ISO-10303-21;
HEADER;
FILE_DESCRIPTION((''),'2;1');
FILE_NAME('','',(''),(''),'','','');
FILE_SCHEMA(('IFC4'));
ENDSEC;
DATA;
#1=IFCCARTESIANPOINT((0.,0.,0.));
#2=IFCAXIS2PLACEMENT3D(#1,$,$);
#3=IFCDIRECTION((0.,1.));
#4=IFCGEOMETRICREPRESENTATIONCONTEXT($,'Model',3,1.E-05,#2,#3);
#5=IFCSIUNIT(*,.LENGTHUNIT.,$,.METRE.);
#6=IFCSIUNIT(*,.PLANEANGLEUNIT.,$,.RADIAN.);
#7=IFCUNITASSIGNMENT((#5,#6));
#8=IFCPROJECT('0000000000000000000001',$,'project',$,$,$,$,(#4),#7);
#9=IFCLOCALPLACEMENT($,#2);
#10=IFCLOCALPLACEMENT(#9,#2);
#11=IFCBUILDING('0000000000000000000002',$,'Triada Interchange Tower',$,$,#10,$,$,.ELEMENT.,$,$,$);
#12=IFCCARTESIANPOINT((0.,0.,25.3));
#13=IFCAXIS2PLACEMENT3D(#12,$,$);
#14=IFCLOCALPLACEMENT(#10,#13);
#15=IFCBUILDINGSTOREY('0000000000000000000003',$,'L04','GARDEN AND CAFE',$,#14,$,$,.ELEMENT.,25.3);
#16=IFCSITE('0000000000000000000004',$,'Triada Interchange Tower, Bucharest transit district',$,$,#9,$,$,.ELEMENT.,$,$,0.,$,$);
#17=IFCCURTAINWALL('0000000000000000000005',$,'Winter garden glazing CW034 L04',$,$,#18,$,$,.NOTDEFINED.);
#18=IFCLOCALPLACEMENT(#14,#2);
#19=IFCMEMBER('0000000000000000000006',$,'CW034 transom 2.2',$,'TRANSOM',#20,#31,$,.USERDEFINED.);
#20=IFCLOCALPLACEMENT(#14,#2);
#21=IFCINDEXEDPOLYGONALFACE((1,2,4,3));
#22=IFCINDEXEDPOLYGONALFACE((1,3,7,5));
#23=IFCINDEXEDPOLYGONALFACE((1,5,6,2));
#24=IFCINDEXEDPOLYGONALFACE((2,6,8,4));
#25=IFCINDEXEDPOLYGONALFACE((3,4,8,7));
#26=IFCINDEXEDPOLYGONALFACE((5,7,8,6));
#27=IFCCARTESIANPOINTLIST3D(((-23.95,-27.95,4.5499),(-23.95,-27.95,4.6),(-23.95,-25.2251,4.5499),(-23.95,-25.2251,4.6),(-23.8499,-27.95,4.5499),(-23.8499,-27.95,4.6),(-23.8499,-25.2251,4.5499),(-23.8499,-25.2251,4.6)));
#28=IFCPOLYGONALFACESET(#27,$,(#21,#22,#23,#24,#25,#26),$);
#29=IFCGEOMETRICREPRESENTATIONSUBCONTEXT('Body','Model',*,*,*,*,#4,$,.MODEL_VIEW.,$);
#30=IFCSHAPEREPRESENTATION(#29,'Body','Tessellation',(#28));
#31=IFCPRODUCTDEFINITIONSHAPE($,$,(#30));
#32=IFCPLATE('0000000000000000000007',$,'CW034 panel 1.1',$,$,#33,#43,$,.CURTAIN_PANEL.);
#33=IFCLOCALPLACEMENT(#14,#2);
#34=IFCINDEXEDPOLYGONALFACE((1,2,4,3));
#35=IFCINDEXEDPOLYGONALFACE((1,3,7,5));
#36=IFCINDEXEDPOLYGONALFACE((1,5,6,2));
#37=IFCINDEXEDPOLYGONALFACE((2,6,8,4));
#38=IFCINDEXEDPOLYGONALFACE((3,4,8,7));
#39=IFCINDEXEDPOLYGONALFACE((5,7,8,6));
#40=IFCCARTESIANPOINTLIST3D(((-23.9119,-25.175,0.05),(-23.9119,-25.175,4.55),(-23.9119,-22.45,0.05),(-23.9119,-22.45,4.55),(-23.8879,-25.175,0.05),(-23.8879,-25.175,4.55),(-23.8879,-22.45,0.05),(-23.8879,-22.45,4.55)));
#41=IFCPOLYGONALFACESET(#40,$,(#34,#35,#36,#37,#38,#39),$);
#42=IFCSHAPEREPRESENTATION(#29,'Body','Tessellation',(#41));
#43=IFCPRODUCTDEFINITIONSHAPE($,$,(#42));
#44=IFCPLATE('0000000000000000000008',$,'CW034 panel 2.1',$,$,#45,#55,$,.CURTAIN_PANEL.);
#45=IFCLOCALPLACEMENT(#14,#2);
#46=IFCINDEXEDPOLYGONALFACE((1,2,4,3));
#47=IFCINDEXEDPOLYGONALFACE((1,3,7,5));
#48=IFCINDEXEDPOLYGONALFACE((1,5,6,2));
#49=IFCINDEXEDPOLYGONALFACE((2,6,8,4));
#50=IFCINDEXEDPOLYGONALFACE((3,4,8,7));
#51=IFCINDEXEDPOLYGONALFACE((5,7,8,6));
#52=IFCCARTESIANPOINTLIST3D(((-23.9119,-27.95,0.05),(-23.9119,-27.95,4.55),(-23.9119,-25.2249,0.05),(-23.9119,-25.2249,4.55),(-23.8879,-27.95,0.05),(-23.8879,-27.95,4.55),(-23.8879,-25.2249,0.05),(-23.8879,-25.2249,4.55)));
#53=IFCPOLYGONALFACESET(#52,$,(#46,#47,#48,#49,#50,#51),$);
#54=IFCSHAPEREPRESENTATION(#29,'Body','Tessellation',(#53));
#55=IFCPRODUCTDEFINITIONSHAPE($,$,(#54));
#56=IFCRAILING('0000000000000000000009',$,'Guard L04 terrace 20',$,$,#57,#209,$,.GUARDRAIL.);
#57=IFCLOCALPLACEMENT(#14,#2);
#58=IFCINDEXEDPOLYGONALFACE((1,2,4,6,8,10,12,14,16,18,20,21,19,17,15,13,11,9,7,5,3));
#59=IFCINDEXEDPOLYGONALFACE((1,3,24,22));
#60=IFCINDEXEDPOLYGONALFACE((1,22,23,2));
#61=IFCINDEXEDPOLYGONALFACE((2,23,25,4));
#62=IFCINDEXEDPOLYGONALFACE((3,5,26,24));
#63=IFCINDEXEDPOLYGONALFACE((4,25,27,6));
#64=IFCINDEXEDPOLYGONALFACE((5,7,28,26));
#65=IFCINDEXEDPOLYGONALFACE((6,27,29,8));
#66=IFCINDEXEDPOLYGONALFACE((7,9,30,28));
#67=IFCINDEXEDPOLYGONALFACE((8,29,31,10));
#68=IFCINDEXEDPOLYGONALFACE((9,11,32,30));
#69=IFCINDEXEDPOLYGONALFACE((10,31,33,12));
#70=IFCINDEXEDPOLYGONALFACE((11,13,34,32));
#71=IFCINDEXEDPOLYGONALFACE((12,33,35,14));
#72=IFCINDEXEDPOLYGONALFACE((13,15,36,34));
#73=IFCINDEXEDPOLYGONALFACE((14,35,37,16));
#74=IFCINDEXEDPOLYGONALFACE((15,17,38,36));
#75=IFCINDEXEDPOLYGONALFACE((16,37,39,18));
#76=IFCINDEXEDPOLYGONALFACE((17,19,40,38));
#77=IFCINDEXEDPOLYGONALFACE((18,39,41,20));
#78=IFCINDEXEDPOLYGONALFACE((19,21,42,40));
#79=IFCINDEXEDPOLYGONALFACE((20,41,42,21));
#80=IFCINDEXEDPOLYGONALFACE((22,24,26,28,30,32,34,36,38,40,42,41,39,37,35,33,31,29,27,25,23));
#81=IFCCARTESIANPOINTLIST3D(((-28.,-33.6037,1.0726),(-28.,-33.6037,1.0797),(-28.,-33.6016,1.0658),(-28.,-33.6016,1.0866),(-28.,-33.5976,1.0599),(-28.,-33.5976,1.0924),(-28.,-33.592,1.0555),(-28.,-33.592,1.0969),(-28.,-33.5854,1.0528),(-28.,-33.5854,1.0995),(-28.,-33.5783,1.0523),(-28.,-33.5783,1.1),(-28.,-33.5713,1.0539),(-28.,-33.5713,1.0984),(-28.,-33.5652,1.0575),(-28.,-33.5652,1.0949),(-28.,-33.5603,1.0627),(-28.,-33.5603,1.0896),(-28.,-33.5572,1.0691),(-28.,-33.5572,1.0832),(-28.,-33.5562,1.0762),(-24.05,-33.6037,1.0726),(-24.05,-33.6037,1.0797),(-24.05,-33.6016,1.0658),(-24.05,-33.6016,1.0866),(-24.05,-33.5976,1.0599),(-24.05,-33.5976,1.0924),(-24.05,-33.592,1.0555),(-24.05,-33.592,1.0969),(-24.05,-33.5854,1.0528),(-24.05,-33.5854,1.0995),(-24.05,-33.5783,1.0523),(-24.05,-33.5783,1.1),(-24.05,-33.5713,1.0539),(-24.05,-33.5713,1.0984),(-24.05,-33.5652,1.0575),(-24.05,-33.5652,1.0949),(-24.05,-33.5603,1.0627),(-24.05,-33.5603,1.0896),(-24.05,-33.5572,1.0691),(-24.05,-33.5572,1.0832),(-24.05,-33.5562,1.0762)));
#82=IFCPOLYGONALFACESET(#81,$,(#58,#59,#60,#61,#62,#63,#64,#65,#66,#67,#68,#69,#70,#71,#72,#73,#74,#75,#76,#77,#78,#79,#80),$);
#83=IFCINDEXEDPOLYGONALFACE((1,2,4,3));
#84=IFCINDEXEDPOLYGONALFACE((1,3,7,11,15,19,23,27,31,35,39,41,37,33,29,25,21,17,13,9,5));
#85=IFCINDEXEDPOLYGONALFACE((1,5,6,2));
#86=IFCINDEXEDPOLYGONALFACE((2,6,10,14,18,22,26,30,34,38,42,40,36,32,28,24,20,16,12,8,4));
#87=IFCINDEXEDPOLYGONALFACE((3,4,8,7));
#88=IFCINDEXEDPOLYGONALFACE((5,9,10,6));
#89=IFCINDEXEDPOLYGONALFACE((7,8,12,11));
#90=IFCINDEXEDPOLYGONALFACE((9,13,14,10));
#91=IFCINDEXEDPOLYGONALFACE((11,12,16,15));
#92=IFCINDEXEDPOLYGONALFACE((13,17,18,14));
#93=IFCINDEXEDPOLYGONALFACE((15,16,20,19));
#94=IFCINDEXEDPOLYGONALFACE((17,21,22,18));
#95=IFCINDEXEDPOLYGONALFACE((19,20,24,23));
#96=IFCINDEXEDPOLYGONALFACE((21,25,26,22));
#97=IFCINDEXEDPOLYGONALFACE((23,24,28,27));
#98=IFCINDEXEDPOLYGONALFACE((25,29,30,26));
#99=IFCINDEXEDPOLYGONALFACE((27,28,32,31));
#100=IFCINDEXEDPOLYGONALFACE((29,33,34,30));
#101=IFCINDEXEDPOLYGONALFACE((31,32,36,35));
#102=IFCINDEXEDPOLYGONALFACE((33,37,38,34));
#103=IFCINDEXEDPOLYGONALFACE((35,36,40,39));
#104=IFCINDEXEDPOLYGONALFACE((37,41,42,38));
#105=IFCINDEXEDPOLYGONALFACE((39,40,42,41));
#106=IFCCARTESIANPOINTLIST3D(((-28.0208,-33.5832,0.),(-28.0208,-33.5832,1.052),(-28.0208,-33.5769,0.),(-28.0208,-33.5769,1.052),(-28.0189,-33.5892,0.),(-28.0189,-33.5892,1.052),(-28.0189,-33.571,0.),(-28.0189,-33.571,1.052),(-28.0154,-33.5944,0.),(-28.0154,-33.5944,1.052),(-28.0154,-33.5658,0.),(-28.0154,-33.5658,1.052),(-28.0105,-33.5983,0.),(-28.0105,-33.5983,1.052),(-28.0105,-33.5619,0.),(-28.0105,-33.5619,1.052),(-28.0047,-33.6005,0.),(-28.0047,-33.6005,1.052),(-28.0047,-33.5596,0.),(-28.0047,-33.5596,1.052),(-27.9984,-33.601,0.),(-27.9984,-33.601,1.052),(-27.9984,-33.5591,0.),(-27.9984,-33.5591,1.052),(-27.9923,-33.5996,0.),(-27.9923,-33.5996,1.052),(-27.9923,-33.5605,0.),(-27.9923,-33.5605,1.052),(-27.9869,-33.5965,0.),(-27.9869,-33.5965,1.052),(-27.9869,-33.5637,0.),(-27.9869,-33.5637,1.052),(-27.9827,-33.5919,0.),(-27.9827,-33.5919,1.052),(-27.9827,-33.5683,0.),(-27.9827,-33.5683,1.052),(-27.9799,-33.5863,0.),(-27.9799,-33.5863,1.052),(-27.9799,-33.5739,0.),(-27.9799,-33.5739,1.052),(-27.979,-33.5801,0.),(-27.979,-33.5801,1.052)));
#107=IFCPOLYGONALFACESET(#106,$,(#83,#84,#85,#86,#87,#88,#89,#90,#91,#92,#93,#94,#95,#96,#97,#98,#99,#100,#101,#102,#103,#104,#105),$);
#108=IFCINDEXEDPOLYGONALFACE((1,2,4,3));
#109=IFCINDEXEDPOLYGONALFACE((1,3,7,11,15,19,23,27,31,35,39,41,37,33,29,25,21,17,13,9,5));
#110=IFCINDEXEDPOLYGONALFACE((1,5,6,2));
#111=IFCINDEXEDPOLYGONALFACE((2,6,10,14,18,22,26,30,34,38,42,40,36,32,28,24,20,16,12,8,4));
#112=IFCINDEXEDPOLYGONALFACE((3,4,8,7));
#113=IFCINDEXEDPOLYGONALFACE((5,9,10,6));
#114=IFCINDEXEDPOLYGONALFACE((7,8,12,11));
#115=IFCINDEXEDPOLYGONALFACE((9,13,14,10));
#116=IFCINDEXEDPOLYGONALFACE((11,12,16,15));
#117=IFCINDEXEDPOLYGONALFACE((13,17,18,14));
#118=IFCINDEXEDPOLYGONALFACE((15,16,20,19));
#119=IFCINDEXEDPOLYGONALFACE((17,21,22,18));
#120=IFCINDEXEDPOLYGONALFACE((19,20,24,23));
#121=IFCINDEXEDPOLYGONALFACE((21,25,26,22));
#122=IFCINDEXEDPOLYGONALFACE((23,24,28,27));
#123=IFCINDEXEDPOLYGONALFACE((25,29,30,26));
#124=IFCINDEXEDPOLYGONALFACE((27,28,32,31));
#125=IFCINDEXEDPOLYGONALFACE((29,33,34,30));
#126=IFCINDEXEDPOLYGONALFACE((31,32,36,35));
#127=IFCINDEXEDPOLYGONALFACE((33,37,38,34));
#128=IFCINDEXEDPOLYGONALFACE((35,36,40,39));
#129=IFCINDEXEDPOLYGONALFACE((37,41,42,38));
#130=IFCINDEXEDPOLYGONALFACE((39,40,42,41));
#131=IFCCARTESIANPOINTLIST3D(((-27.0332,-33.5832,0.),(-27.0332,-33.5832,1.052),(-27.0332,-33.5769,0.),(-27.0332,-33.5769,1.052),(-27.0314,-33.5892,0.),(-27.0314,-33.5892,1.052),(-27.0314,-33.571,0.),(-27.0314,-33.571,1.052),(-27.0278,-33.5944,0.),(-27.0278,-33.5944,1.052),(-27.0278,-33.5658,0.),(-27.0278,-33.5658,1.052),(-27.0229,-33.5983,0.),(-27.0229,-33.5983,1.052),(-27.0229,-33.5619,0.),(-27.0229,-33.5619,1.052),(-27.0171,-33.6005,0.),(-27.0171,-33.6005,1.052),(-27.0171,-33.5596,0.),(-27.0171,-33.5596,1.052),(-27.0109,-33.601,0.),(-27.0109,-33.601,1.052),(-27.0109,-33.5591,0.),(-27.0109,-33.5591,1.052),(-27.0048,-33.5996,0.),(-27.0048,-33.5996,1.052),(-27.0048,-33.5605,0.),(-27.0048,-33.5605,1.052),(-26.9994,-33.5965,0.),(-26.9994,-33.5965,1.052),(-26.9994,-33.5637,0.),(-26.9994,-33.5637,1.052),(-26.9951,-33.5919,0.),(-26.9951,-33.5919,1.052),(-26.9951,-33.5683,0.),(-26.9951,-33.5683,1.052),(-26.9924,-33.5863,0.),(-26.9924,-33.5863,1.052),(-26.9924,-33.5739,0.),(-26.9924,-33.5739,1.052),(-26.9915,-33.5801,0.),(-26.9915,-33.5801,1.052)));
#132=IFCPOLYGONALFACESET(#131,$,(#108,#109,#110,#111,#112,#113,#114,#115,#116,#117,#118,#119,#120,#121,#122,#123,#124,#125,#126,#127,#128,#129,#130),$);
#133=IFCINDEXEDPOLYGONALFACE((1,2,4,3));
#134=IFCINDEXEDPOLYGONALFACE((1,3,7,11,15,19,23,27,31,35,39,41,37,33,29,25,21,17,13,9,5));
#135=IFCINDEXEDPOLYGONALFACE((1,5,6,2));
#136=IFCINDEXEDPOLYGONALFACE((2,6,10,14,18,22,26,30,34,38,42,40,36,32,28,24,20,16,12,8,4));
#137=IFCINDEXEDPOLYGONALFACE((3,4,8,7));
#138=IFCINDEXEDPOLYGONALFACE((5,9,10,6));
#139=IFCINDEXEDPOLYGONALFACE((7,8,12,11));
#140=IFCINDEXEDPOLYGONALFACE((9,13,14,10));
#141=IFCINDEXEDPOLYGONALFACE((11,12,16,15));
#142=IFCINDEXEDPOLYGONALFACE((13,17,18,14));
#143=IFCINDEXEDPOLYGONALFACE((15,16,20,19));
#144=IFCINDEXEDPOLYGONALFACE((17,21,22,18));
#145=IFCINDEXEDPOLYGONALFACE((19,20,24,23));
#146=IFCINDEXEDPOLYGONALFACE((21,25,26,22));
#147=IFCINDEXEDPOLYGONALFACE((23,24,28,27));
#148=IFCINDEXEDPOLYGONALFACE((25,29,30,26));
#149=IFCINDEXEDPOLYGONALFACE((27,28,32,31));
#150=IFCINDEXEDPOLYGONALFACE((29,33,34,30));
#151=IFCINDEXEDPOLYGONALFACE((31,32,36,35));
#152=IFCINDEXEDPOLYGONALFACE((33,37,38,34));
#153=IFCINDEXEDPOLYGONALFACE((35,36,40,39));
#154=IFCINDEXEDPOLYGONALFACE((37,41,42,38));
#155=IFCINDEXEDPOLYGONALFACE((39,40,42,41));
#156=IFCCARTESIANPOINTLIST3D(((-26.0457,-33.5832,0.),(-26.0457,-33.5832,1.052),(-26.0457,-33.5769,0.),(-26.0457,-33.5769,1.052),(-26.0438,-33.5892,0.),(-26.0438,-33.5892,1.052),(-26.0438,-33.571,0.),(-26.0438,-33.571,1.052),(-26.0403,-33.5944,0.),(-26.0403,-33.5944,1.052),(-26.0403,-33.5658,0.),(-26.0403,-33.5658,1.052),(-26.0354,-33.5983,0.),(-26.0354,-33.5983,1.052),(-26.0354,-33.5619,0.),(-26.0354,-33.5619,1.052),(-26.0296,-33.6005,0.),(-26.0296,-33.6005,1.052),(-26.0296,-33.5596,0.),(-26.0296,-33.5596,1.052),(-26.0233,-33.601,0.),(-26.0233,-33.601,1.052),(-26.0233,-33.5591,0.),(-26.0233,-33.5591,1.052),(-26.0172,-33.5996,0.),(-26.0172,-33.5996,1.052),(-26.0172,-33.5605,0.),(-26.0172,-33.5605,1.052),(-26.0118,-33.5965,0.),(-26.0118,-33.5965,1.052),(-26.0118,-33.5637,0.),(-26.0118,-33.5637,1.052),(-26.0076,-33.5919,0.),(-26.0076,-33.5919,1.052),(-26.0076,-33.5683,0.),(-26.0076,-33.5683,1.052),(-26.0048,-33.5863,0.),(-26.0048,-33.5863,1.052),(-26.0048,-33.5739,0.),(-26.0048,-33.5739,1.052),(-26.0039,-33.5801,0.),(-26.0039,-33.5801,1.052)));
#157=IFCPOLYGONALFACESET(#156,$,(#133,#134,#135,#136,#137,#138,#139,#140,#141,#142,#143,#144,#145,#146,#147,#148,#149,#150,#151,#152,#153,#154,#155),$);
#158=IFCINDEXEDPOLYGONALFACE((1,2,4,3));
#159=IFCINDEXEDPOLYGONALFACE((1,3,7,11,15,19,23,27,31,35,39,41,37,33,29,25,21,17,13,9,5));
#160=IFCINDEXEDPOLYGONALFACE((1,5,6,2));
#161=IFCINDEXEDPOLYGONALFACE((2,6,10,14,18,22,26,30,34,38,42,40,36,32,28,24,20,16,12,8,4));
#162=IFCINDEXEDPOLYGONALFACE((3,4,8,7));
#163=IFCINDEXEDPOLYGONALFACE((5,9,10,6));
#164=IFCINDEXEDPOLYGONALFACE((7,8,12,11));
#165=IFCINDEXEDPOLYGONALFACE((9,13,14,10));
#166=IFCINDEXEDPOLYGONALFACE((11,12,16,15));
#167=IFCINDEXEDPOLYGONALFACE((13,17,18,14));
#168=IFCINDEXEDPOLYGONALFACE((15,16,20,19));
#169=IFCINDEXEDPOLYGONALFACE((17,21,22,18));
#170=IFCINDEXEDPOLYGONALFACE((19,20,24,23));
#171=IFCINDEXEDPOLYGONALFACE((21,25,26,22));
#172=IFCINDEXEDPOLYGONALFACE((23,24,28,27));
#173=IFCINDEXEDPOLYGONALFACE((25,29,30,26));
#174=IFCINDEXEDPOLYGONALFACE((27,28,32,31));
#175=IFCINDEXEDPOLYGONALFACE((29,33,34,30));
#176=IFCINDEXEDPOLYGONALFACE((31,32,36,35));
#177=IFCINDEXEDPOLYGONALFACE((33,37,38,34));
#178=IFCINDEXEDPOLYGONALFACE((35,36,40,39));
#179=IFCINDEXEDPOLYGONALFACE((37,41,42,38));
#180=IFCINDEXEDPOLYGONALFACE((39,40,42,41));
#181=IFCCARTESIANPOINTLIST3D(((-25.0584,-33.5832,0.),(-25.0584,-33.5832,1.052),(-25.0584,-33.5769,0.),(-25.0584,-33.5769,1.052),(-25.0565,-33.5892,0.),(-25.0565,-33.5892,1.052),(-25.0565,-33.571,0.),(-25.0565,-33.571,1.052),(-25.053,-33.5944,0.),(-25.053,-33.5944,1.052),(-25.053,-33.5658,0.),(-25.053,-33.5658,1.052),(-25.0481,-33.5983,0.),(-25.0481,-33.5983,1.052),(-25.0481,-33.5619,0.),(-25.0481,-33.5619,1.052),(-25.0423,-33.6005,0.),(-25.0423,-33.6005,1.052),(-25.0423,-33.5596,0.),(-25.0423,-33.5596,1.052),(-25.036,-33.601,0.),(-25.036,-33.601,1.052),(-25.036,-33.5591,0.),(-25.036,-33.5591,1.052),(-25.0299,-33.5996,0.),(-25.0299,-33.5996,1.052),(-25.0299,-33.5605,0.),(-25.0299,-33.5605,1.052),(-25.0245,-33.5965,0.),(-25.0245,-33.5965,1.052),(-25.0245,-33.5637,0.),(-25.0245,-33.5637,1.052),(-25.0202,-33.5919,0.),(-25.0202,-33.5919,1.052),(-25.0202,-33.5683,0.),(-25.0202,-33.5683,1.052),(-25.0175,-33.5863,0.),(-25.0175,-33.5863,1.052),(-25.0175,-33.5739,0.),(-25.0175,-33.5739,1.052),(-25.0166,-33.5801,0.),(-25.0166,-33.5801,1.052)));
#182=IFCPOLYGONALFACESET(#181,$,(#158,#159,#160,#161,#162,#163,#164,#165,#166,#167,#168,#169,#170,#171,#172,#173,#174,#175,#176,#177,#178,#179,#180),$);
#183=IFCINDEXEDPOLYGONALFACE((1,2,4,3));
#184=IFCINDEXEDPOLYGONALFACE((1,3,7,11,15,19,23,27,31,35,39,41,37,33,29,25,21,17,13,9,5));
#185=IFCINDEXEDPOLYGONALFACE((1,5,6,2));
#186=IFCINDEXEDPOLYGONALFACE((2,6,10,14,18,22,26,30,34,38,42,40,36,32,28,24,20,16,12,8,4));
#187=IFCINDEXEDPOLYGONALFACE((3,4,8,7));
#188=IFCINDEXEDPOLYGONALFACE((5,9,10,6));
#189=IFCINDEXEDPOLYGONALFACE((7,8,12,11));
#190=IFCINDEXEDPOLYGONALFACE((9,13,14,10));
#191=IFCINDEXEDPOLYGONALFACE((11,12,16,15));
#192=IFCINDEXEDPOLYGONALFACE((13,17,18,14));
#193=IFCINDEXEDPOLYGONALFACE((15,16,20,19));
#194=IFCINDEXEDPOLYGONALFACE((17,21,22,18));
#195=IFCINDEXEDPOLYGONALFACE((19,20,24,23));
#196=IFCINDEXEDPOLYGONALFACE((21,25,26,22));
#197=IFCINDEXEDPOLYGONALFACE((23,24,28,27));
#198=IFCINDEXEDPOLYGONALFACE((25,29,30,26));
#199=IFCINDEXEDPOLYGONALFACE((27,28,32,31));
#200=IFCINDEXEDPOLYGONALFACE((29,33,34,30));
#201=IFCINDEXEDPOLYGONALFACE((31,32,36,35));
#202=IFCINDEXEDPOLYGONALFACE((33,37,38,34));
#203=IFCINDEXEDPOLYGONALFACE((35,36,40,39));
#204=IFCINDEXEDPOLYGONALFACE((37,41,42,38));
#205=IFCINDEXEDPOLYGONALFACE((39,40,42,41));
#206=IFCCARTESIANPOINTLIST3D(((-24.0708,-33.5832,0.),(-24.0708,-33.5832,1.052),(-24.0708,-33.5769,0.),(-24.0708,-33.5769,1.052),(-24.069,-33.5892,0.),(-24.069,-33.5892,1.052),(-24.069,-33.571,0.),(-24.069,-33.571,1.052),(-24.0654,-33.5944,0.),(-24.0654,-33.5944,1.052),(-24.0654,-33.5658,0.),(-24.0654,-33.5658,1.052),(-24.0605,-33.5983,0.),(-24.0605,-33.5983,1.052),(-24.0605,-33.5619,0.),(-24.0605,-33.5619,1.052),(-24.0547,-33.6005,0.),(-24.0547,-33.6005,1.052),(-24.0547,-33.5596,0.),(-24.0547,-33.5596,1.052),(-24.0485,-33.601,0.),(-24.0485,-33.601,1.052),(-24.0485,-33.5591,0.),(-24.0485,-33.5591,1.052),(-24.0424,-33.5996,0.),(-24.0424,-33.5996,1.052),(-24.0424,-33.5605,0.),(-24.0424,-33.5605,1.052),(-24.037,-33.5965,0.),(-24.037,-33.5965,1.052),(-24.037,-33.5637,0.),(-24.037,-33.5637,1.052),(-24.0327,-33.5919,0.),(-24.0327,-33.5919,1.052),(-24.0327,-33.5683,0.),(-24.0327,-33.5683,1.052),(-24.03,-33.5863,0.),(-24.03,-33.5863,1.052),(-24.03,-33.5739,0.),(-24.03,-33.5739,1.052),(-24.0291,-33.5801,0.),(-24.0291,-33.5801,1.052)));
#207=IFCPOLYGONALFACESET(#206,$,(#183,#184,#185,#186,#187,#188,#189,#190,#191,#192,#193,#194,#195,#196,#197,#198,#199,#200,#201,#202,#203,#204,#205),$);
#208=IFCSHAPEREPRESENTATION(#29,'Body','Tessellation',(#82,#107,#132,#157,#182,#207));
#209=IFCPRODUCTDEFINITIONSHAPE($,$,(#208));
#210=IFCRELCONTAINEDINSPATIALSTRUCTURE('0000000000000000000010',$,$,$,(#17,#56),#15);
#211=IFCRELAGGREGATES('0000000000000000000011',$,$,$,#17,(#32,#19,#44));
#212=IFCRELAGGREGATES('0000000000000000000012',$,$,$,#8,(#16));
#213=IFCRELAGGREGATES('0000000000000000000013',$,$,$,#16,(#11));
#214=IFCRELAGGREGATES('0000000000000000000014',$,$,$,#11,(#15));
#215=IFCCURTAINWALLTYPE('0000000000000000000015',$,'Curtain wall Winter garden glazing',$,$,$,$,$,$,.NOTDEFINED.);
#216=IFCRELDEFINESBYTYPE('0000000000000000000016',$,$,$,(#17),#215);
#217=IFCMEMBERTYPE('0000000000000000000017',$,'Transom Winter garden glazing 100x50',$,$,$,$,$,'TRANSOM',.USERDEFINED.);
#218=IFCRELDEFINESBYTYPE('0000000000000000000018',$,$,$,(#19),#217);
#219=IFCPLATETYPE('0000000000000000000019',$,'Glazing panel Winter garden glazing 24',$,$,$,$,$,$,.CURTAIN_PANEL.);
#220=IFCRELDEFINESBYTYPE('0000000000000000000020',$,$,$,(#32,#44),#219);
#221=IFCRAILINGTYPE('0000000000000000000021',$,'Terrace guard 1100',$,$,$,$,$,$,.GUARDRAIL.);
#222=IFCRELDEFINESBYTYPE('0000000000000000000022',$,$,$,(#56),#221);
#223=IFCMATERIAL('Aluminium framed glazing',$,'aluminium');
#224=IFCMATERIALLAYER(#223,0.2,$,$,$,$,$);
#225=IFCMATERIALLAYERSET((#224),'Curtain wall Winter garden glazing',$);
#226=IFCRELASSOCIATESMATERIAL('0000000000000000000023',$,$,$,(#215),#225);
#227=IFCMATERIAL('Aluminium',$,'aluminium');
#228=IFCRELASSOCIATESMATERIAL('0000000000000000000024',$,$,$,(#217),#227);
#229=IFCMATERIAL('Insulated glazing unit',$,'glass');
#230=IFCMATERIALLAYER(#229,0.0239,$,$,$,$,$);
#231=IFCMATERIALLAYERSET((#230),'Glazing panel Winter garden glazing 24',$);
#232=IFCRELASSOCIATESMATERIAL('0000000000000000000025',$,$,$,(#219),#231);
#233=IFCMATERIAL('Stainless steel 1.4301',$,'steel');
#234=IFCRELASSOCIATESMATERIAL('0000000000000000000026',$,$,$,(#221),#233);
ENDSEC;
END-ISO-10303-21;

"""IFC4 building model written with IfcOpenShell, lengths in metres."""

from ifc_helpers import new_model, si_unit, direction, frame, origin, origin_2d, place, context, subcontext, project, spatial, rectangle, circle, extrude, material, layer, layer_set, material_profile, profile_set, type_object, element, aggregate, save


model = new_model("IFC4")

# Units and contexts
model_context = context("Model", 3, precision=1e-05, world=origin(), true_north=direction((0.0, 1.0)))
body_context = subcontext(model_context, "Body", "Model", "MODEL_VIEW")
ifc_project = project(units=[si_unit("LENGTHUNIT", "METRE"), si_unit("PLANEANGLEUNIT", "RADIAN")], contexts=[model_context])

# Site, building, storey
site_placement = place(None, origin())
site = spatial("IfcSite", under=ifc_project, at=site_placement, Name="Triada Interchange Tower, Bucharest transit district", CompositionType="ELEMENT", RefElevation=0.0)
building_placement = place(site_placement, origin())
building = spatial("IfcBuilding", under=site, at=building_placement, Name="Triada Interchange Tower", CompositionType="ELEMENT")
storey_placement = place(building_placement, frame((0.0, 0.0, 25.3)))
storey = spatial("IfcBuildingStorey", under=building, at=storey_placement, Name="L04", Description="GARDEN AND CAFE", CompositionType="ELEMENT", Elevation=25.3)

# Shared definitions
ifc_material_1 = material(Name="Aluminium framed glazing", Category="aluminium")
ifc_layer_1 = layer(ifc_material_1, 0.2)
ifc_layer_set_1 = layer_set([ifc_layer_1], Name="Curtain wall Winter garden glazing")
curtain_wall_type = type_object("IfcCurtainWallType", Name="Curtain wall Winter garden glazing", PredefinedType="NOTDEFINED", material=ifc_layer_set_1)
ifc_material_2 = material(Name="Aluminium", Category="aluminium")

# Curtain wall
curtain_wall_1_placement = place(storey_placement, origin())
curtain_wall_1 = element("IfcCurtainWall", 1, at=curtain_wall_1_placement, inside=storey, type_object=curtain_wall_type, Name="Winter garden glazing CW034 L04", PredefinedType="NOTDEFINED")

# Member
ifc_material_profile_1 = material_profile(ifc_material_2, rectangle(XDim=0.1001, YDim=0.05, at=origin_2d()), Name="Aluminium transom")
ifc_profile_set_1 = profile_set([ifc_material_profile_1], Name="Aluminium")
member_type_1 = type_object("IfcMemberType", Name="Transom Winter garden glazing 100x50", ElementType="TRANSOM", PredefinedType="USERDEFINED", material=ifc_profile_set_1)
member_1_placement = place(storey_placement, frame((-23.8999, -25.2251, 4.575), z_axis=(0.0, -1.0, 0.0), x_axis=(1.0, 0.0, 0.0)))
member_1 = element("IfcMember", 2, at=member_1_placement, type_object=member_type_1, Name="CW034 transom 2.2", ObjectType="TRANSOM", PredefinedType="USERDEFINED", context=body_context, shape_type="SweptSolid", body=[
    extrude(rectangle(XDim=0.1001, YDim=0.05, at=origin_2d()), origin(), (0.0, 0.0, 1.0), 2.7249),
])

# Plates
ifc_material_3 = material(Name="Insulated glazing unit", Category="glass")
ifc_layer_2 = layer(ifc_material_3, 0.0239)
ifc_layer_set_2 = layer_set([ifc_layer_2], Name="Glazing panel Winter garden glazing 24")
plate_type = type_object("IfcPlateType", Name="Glazing panel Winter garden glazing 24", PredefinedType="CURTAIN_PANEL", material=ifc_layer_set_2)
plate_1_placement = place(storey_placement, frame((-23.8999, -23.8125, 0.05), z_axis=(0.0, 0.0, 1.0), x_axis=(0.0, -1.0, 0.0)))
plate_1 = element("IfcPlate", 3, at=plate_1_placement, type_object=plate_type, Name="CW034 panel 1.1", PredefinedType="CURTAIN_PANEL", context=body_context, shape_type="SweptSolid", body=[
    extrude(rectangle(XDim=2.7251, YDim=0.0239, at=origin_2d()), origin(), (0.0, 0.0, 1.0), 4.5),
])
plate_2_placement = place(storey_placement, frame((-23.8999, -26.5874, 0.05), z_axis=(0.0, 0.0, 1.0), x_axis=(0.0, -1.0, 0.0)))
plate_2 = element("IfcPlate", 4, at=plate_2_placement, type_object=plate_type, Name="CW034 panel 2.1", PredefinedType="CURTAIN_PANEL", context=body_context, shape_type="SweptSolid", body=[
    extrude(rectangle(XDim=2.7251, YDim=0.0239, at=origin_2d()), origin(), (0.0, 0.0, 1.0), 4.5),
])
aggregate(curtain_wall_1, [plate_1, member_1, plate_2])

# Railing
ifc_material_4 = material(Name="Stainless steel 1.4301", Category="steel")
railing_type = type_object("IfcRailingType", Name="Terrace guard 1100", PredefinedType="GUARDRAIL", material=ifc_material_4)
railing_1_placement = place(storey_placement, frame((-28.0, -33.5801, 0.0)))
element("IfcRailing", 5, at=railing_1_placement, inside=storey, type_object=railing_type, Name="Guard L04 terrace 20", PredefinedType="GUARDRAIL", context=body_context, shape_type="SweptSolid", body=[
    extrude(circle(Radius=0.0239, at=origin_2d()), frame((0.0, 0.0, 1.0762), z_axis=(1.0, 0.0, 0.0), x_axis=(0.0, 1.0, 0.0)), (0.0, 0.0, 1.0), 3.95),
    extrude(circle(Radius=0.021, at=origin_2d()), origin(), (0.0, 0.0, 1.0), 1.052),
    extrude(circle(Radius=0.021, at=origin_2d()), frame((0.9875, 0.0, 0.0)), (0.0, 0.0, 1.0), 1.052),
    extrude(circle(Radius=0.021, at=origin_2d()), frame((1.9751, 0.0, 0.0)), (0.0, 0.0, 1.0), 1.052),
    extrude(circle(Radius=0.021, at=origin_2d()), frame((2.9624, 0.0, 0.0)), (0.0, 0.0, 1.0), 1.052),
    extrude(circle(Radius=0.021, at=origin_2d()), frame((3.95, 0.0, 0.0)), (0.0, 0.0, 1.0), 1.052),
])

save(model, "model.ifc")
